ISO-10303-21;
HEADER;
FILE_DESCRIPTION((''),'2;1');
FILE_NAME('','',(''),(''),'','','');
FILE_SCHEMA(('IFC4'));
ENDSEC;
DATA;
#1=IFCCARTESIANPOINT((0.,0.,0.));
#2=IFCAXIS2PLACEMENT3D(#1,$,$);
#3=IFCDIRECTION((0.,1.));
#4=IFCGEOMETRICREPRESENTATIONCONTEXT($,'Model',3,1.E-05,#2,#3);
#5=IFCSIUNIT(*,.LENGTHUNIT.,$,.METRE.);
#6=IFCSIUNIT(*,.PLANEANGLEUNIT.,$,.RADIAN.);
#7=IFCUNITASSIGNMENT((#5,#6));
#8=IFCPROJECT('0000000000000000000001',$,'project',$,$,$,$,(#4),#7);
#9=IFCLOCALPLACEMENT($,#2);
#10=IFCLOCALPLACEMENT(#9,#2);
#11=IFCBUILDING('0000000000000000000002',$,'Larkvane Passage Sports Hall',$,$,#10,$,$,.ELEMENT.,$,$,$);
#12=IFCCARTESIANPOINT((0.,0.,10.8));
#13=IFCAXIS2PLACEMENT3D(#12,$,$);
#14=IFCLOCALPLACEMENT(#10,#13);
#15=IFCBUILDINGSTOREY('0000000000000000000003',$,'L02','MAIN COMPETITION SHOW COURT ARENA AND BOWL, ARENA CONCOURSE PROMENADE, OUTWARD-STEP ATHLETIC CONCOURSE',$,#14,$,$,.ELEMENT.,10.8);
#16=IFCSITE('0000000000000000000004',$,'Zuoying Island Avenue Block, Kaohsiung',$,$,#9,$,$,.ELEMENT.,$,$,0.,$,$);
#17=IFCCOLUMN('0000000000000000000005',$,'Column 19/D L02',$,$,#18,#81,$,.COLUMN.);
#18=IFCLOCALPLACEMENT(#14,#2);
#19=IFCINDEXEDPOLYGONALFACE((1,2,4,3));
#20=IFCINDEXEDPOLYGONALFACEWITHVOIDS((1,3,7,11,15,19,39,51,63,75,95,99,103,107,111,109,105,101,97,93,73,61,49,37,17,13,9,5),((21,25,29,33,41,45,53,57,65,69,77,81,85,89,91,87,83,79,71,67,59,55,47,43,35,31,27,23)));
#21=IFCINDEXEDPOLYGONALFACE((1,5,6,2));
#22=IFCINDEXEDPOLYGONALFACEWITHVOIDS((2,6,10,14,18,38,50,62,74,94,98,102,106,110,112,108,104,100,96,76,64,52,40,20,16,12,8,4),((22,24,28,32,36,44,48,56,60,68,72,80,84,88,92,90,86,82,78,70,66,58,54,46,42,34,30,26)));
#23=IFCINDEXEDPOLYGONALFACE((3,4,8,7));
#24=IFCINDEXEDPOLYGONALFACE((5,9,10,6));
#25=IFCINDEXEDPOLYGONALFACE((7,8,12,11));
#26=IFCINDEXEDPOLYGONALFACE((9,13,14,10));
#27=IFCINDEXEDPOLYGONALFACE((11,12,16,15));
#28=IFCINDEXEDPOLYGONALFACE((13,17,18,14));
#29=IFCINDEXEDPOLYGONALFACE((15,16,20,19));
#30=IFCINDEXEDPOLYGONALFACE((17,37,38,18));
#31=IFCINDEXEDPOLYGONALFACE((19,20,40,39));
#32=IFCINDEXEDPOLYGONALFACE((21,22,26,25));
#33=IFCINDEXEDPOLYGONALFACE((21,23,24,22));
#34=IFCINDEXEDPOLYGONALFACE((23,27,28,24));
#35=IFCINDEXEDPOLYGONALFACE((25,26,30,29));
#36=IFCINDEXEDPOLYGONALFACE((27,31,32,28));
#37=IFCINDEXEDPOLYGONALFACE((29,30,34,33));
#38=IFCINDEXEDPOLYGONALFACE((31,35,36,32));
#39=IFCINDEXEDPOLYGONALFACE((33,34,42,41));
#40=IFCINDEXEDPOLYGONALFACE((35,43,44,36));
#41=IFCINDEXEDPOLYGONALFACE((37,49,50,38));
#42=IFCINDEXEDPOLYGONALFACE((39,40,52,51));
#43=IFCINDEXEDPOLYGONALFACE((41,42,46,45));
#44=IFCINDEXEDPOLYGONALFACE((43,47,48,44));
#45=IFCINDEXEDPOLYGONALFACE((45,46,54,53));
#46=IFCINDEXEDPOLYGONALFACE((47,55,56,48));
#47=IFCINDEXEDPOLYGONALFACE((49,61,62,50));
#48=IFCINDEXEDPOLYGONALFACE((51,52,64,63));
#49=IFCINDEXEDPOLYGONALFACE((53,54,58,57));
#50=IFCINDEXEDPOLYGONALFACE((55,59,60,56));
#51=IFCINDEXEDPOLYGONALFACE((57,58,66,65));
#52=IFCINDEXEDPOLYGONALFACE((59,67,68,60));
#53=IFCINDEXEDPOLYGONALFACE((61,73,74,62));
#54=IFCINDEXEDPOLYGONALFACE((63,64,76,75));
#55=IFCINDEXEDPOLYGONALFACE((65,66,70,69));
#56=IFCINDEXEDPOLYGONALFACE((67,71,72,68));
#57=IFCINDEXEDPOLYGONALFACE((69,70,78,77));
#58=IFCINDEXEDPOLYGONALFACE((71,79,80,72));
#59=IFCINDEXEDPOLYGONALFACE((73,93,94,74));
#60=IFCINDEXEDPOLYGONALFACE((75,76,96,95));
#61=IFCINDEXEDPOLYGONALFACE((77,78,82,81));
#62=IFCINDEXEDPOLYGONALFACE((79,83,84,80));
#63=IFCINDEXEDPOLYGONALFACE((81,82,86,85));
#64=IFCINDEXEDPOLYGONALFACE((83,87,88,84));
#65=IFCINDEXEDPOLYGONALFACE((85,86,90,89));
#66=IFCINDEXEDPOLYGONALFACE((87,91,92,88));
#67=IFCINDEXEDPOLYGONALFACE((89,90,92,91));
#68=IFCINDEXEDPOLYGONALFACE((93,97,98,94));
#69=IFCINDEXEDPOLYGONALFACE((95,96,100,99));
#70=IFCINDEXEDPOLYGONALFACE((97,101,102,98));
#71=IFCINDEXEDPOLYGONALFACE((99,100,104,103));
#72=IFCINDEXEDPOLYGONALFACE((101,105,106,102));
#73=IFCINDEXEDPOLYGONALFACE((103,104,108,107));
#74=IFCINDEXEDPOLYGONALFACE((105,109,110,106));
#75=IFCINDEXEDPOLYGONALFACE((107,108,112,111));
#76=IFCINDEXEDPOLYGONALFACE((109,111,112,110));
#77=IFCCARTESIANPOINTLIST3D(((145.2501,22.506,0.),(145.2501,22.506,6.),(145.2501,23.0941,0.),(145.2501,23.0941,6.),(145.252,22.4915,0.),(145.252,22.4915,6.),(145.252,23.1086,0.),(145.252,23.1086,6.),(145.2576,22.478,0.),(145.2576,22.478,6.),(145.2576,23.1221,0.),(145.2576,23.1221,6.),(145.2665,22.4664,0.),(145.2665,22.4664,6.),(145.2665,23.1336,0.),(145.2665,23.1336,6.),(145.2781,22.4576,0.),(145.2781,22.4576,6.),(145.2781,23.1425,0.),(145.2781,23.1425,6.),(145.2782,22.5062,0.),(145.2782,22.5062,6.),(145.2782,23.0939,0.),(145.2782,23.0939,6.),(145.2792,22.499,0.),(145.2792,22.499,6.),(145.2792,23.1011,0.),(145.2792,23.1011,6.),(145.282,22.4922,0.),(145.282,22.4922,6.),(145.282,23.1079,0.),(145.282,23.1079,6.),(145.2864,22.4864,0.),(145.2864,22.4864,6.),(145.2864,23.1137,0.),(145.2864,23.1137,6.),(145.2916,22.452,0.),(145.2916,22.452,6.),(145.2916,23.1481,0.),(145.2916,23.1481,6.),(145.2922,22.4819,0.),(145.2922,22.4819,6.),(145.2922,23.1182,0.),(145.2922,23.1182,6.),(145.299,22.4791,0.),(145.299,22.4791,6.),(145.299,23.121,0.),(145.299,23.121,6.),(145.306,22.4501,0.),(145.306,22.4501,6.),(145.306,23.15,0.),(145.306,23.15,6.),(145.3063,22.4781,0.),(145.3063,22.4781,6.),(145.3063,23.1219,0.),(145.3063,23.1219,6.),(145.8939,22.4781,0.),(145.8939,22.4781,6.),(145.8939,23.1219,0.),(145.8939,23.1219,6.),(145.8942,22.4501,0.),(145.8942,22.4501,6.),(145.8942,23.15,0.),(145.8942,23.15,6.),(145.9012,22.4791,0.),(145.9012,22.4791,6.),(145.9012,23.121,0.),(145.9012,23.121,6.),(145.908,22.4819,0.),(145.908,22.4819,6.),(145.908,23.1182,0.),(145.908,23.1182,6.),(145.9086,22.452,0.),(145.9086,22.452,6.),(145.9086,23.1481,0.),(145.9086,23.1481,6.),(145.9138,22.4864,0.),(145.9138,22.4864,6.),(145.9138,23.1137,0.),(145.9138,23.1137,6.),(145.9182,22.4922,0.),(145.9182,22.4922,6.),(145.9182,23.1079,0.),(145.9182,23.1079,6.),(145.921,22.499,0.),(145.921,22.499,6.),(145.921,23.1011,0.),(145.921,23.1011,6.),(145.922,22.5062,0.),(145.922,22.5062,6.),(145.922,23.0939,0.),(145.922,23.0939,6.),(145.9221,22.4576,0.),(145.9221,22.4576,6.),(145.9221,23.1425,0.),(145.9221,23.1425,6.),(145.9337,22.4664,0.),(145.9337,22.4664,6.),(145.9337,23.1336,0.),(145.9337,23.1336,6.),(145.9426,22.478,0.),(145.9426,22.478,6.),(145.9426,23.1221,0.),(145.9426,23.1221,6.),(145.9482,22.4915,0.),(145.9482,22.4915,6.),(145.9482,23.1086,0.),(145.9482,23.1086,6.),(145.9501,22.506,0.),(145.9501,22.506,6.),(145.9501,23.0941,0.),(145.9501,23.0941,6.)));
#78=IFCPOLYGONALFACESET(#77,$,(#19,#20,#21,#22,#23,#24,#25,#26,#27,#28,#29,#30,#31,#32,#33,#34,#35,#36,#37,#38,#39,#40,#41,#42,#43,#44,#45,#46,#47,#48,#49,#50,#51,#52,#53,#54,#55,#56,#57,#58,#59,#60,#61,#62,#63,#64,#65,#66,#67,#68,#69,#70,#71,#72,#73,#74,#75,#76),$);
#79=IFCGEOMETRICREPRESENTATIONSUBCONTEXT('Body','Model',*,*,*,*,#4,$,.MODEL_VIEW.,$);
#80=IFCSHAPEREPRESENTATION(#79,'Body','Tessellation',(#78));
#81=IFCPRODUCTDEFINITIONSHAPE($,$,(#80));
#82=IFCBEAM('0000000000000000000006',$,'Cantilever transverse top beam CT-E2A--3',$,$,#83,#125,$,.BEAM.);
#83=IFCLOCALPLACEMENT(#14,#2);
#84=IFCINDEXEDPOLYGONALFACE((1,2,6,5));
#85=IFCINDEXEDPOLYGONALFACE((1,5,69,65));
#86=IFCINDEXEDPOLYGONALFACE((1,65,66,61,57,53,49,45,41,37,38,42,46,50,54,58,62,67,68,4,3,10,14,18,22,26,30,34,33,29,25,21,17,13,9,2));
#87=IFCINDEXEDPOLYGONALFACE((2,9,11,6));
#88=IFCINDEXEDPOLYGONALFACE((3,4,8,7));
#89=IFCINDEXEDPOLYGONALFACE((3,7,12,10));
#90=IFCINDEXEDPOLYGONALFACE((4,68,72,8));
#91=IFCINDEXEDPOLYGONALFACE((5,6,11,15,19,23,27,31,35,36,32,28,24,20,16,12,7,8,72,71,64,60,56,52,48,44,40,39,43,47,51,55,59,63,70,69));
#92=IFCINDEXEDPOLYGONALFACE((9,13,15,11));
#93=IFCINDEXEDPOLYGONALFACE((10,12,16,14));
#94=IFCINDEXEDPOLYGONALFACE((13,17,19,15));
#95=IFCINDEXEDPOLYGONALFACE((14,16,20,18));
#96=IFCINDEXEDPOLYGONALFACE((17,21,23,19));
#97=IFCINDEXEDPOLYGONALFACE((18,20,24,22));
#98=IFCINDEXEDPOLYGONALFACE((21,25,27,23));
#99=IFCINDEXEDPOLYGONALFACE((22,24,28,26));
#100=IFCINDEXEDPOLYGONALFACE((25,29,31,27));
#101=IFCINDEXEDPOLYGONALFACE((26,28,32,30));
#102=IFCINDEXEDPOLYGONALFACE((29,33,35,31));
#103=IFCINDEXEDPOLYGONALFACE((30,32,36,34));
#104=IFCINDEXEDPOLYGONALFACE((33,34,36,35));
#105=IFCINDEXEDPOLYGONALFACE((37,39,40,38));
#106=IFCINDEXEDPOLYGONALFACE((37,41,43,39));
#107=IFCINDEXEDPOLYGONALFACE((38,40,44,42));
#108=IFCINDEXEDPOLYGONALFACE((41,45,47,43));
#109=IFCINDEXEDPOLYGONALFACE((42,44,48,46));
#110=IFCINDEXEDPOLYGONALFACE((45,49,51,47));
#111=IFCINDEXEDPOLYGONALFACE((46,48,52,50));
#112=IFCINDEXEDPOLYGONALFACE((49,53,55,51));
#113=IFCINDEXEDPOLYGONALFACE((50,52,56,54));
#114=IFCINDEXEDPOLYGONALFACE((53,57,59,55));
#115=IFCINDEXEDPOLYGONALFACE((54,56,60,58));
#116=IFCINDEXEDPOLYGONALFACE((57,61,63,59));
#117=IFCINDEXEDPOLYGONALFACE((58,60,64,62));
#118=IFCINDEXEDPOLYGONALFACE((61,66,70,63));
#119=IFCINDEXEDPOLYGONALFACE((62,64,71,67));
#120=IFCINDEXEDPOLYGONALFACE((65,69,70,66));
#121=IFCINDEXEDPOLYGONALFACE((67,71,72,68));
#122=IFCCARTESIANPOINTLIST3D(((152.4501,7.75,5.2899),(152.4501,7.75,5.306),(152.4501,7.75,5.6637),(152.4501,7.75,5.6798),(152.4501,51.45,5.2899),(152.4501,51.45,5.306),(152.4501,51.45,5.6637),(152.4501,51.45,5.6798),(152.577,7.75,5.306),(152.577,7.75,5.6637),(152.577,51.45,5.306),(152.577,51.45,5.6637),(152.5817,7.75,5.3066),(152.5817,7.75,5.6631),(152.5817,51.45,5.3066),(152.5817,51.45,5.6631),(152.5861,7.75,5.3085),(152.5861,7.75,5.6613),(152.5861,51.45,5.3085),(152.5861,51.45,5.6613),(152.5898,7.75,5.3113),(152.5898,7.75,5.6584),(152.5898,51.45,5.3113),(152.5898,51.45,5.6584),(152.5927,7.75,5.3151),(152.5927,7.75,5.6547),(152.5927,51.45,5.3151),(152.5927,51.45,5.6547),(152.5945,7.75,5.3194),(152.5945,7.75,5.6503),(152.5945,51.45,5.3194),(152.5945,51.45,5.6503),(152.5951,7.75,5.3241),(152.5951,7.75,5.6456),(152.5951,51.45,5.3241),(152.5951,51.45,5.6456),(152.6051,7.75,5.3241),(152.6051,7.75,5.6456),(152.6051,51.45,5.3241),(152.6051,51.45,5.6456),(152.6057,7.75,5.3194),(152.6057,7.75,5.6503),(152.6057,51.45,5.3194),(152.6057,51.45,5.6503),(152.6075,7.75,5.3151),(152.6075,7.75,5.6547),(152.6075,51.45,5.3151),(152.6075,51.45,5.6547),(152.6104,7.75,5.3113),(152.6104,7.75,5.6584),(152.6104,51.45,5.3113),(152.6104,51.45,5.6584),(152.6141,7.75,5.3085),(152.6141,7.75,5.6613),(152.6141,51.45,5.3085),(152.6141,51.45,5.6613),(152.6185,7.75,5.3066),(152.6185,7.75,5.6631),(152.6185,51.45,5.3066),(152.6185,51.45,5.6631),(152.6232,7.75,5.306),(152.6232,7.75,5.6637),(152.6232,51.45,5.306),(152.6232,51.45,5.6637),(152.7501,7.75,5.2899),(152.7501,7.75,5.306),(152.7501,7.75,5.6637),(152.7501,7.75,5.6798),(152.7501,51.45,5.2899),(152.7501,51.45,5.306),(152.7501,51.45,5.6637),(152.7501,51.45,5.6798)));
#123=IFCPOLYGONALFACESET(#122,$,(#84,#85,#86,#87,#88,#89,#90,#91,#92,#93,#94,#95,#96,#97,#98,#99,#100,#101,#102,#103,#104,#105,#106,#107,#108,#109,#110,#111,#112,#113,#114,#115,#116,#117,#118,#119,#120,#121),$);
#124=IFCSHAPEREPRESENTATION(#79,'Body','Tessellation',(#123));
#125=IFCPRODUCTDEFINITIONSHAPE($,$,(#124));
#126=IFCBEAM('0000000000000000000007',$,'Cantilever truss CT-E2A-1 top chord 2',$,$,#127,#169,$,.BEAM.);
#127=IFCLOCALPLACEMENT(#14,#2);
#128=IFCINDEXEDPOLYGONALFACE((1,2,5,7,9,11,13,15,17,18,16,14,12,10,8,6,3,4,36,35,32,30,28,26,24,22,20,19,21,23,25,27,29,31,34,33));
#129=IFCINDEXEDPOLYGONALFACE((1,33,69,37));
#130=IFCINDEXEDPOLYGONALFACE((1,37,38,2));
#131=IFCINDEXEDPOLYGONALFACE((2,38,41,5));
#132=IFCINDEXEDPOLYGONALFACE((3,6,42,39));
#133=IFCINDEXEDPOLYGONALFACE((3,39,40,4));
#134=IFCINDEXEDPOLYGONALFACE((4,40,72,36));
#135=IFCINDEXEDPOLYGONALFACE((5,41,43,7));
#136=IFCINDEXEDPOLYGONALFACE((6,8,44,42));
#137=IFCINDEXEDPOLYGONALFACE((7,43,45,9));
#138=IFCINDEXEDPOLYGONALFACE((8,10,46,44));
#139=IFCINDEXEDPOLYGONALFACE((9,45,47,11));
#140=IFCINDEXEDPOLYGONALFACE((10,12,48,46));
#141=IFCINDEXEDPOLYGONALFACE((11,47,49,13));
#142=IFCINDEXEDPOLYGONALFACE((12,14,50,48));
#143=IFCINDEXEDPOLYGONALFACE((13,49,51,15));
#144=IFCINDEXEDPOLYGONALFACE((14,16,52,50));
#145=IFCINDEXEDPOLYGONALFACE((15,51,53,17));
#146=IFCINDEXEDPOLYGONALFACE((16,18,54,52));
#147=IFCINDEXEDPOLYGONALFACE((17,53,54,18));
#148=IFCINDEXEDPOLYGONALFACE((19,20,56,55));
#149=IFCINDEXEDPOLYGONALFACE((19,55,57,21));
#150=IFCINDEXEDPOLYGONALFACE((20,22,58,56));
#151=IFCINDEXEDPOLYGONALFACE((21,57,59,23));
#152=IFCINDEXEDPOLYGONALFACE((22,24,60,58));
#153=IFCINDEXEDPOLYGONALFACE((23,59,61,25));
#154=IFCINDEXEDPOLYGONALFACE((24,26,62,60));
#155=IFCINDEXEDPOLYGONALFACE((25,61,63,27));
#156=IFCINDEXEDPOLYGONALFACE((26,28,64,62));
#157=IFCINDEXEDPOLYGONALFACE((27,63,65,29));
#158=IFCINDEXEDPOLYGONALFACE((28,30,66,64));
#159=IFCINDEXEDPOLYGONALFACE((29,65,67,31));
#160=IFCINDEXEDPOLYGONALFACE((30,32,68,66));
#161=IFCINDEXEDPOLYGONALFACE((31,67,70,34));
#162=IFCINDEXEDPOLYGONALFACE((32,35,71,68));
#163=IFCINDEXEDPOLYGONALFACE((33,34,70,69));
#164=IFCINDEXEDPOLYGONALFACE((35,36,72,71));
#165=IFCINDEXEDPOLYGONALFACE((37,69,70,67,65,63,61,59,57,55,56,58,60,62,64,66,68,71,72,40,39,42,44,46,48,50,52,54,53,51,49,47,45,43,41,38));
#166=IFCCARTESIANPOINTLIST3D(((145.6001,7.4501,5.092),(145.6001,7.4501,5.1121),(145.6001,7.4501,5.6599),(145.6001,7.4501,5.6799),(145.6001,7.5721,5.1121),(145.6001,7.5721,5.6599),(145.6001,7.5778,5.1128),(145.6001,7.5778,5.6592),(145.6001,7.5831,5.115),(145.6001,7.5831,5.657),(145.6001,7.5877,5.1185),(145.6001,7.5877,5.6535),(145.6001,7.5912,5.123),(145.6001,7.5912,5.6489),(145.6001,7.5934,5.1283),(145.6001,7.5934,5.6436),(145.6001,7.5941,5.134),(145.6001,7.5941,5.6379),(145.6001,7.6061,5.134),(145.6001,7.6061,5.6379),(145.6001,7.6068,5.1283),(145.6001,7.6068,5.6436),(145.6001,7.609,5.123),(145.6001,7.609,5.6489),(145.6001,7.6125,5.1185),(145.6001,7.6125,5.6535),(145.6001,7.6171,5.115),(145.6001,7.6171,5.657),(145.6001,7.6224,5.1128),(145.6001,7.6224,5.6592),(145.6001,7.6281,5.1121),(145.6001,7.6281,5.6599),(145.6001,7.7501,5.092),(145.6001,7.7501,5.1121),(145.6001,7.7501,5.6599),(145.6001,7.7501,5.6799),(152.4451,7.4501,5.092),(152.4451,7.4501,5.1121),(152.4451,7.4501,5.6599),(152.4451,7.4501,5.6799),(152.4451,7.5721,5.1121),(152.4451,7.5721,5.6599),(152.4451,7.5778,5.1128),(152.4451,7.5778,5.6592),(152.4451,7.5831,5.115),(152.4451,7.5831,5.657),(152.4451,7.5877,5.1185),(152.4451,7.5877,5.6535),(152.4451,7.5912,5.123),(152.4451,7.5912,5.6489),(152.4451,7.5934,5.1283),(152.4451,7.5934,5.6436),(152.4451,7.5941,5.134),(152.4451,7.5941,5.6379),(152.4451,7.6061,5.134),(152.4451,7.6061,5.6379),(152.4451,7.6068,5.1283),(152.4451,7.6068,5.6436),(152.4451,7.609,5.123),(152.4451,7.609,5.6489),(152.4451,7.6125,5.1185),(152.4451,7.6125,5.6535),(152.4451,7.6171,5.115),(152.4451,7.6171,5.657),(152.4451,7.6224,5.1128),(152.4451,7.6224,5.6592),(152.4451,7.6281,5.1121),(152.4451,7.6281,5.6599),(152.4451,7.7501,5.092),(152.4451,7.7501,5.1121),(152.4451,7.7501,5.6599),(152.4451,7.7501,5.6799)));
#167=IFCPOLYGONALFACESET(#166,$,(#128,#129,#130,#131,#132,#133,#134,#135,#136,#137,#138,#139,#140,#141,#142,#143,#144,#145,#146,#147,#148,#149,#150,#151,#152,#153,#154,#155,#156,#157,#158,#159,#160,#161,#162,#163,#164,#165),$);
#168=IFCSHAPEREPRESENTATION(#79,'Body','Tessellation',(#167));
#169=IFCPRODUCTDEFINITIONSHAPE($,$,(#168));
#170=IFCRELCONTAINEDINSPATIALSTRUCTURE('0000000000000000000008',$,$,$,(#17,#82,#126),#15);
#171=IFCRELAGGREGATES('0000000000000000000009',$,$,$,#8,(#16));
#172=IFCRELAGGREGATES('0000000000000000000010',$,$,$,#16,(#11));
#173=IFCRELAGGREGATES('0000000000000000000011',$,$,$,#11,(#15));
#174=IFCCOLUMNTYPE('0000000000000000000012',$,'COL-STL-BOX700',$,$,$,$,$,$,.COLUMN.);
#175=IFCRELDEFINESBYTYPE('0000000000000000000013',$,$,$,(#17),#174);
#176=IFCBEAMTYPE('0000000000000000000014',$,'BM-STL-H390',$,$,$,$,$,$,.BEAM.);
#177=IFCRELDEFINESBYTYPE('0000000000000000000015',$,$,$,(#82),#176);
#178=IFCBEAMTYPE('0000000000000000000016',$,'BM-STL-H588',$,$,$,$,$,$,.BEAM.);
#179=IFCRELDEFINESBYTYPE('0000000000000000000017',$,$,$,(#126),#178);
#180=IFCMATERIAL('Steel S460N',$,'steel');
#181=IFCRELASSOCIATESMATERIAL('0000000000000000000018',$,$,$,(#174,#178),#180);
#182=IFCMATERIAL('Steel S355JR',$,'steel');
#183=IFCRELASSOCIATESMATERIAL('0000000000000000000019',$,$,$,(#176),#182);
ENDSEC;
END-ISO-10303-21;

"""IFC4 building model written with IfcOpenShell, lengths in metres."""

from ifc_helpers import new_model, si_unit, direction, frame, origin, origin_2d, place, context, subcontext, project, spatial, hollow_rectangle, i_section, extrude, material, material_profile, profile_set, type_object, element, save


model = new_model("IFC4")

# Units and contexts
model_context = context("Model", 3, precision=1e-05, world=origin(), true_north=direction((0.0, 1.0)))
body_context = subcontext(model_context, "Body", "Model", "MODEL_VIEW")
ifc_project = project(units=[si_unit("LENGTHUNIT", "METRE"), si_unit("PLANEANGLEUNIT", "RADIAN")], contexts=[model_context])

# Site, building, storey
site_placement = place(None, origin())
site = spatial("IfcSite", under=ifc_project, at=site_placement, Name="Zuoying Island Avenue Block, Kaohsiung", CompositionType="ELEMENT", RefElevation=0.0)
building_placement = place(site_placement, origin())
building = spatial("IfcBuilding", under=site, at=building_placement, Name="Larkvane Passage Sports Hall", CompositionType="ELEMENT")
storey_placement = place(building_placement, frame((0.0, 0.0, 10.8)))
storey = spatial("IfcBuildingStorey", under=building, at=storey_placement, Name="L02", Description="MAIN COMPETITION SHOW COURT ARENA AND BOWL, ARENA CONCOURSE PROMENADE, OUTWARD-STEP ATHLETIC CONCOURSE", CompositionType="ELEMENT", Elevation=10.8)

# Column
ifc_material_1 = material(Name="Steel S460N", Category="steel")
ifc_material_profile_1 = material_profile(ifc_material_1, hollow_rectangle(XDim=0.7, YDim=0.7, WallThickness=0.0281, InnerFilletRadius=0.0281, OuterFilletRadius=0.0559, at=origin_2d()), Name="BOX-700x700x28")
ifc_profile_set_1 = profile_set([ifc_material_profile_1], Name="Steel S460N")
column_type = type_object("IfcColumnType", Name="COL-STL-BOX700", PredefinedType="COLUMN", material=ifc_profile_set_1)
column_placement = place(storey_placement, frame((145.6001, 22.8, 0.0), z_axis=(0.0, 0.0, 1.0), x_axis=(1.0, 0.0, 0.0)))
element("IfcColumn", 1, at=column_placement, inside=storey, type_object=column_type, Name="Column 19/D L02", PredefinedType="COLUMN", context=body_context, shape_type="SweptSolid", body=[
    extrude(hollow_rectangle(XDim=0.7, YDim=0.7, WallThickness=0.0281, InnerFilletRadius=0.0281, OuterFilletRadius=0.0559, at=origin_2d()), origin(), (0.0, 0.0, 1.0), 6.0),
])

# Beams
ifc_material_2 = material(Name="Steel S355JR", Category="steel")
ifc_material_profile_2 = material_profile(ifc_material_2, i_section(OverallWidth=0.3, OverallDepth=0.3899, WebThickness=0.01, FlangeThickness=0.0161, FilletRadius=0.0181, at=origin_2d()), Name="H-390x300x10x16")
ifc_profile_set_2 = profile_set([ifc_material_profile_2], Name="Steel S355JR")
beam_type_1 = type_object("IfcBeamType", Name="BM-STL-H390", PredefinedType="BEAM", material=ifc_profile_set_2)
beam_1_placement = place(storey_placement, frame((152.6001, 7.75, 5.4849), z_axis=(0.0, 1.0, 0.0), x_axis=(-1.0, 0.0, 0.0)))
element("IfcBeam", 2, at=beam_1_placement, inside=storey, type_object=beam_type_1, Name="Cantilever transverse top beam CT-E2A--3", PredefinedType="BEAM", context=body_context, shape_type="SweptSolid", body=[
    extrude(i_section(OverallWidth=0.3, OverallDepth=0.3899, WebThickness=0.01, FlangeThickness=0.0161, FilletRadius=0.0181, at=origin_2d()), origin(), (0.0, 0.0, 1.0), 43.7),
])
ifc_material_profile_3 = material_profile(ifc_material_1, i_section(OverallWidth=0.3, OverallDepth=0.5879, WebThickness=0.012, FlangeThickness=0.02, FilletRadius=0.022, at=origin_2d()), Name="H-588x300x12x20")
ifc_profile_set_3 = profile_set([ifc_material_profile_3], Name="Steel S460N")
beam_type_2 = type_object("IfcBeamType", Name="BM-STL-H588", PredefinedType="BEAM", material=ifc_profile_set_3)
beam_2_placement = place(storey_placement, frame((145.6001, 7.6001, 5.386), z_axis=(1.0, 0.0, 0.0), x_axis=(0.0, 1.0, 0.0)))
element("IfcBeam", 3, at=beam_2_placement, inside=storey, type_object=beam_type_2, Name="Cantilever truss CT-E2A-1 top chord 2", PredefinedType="BEAM", context=body_context, shape_type="SweptSolid", body=[
    extrude(i_section(OverallWidth=0.3, OverallDepth=0.5879, WebThickness=0.012, FlangeThickness=0.02, FilletRadius=0.022, at=origin_2d()), origin(), (0.0, 0.0, 1.0), 6.845),
])

save(model, "model.ifc")
